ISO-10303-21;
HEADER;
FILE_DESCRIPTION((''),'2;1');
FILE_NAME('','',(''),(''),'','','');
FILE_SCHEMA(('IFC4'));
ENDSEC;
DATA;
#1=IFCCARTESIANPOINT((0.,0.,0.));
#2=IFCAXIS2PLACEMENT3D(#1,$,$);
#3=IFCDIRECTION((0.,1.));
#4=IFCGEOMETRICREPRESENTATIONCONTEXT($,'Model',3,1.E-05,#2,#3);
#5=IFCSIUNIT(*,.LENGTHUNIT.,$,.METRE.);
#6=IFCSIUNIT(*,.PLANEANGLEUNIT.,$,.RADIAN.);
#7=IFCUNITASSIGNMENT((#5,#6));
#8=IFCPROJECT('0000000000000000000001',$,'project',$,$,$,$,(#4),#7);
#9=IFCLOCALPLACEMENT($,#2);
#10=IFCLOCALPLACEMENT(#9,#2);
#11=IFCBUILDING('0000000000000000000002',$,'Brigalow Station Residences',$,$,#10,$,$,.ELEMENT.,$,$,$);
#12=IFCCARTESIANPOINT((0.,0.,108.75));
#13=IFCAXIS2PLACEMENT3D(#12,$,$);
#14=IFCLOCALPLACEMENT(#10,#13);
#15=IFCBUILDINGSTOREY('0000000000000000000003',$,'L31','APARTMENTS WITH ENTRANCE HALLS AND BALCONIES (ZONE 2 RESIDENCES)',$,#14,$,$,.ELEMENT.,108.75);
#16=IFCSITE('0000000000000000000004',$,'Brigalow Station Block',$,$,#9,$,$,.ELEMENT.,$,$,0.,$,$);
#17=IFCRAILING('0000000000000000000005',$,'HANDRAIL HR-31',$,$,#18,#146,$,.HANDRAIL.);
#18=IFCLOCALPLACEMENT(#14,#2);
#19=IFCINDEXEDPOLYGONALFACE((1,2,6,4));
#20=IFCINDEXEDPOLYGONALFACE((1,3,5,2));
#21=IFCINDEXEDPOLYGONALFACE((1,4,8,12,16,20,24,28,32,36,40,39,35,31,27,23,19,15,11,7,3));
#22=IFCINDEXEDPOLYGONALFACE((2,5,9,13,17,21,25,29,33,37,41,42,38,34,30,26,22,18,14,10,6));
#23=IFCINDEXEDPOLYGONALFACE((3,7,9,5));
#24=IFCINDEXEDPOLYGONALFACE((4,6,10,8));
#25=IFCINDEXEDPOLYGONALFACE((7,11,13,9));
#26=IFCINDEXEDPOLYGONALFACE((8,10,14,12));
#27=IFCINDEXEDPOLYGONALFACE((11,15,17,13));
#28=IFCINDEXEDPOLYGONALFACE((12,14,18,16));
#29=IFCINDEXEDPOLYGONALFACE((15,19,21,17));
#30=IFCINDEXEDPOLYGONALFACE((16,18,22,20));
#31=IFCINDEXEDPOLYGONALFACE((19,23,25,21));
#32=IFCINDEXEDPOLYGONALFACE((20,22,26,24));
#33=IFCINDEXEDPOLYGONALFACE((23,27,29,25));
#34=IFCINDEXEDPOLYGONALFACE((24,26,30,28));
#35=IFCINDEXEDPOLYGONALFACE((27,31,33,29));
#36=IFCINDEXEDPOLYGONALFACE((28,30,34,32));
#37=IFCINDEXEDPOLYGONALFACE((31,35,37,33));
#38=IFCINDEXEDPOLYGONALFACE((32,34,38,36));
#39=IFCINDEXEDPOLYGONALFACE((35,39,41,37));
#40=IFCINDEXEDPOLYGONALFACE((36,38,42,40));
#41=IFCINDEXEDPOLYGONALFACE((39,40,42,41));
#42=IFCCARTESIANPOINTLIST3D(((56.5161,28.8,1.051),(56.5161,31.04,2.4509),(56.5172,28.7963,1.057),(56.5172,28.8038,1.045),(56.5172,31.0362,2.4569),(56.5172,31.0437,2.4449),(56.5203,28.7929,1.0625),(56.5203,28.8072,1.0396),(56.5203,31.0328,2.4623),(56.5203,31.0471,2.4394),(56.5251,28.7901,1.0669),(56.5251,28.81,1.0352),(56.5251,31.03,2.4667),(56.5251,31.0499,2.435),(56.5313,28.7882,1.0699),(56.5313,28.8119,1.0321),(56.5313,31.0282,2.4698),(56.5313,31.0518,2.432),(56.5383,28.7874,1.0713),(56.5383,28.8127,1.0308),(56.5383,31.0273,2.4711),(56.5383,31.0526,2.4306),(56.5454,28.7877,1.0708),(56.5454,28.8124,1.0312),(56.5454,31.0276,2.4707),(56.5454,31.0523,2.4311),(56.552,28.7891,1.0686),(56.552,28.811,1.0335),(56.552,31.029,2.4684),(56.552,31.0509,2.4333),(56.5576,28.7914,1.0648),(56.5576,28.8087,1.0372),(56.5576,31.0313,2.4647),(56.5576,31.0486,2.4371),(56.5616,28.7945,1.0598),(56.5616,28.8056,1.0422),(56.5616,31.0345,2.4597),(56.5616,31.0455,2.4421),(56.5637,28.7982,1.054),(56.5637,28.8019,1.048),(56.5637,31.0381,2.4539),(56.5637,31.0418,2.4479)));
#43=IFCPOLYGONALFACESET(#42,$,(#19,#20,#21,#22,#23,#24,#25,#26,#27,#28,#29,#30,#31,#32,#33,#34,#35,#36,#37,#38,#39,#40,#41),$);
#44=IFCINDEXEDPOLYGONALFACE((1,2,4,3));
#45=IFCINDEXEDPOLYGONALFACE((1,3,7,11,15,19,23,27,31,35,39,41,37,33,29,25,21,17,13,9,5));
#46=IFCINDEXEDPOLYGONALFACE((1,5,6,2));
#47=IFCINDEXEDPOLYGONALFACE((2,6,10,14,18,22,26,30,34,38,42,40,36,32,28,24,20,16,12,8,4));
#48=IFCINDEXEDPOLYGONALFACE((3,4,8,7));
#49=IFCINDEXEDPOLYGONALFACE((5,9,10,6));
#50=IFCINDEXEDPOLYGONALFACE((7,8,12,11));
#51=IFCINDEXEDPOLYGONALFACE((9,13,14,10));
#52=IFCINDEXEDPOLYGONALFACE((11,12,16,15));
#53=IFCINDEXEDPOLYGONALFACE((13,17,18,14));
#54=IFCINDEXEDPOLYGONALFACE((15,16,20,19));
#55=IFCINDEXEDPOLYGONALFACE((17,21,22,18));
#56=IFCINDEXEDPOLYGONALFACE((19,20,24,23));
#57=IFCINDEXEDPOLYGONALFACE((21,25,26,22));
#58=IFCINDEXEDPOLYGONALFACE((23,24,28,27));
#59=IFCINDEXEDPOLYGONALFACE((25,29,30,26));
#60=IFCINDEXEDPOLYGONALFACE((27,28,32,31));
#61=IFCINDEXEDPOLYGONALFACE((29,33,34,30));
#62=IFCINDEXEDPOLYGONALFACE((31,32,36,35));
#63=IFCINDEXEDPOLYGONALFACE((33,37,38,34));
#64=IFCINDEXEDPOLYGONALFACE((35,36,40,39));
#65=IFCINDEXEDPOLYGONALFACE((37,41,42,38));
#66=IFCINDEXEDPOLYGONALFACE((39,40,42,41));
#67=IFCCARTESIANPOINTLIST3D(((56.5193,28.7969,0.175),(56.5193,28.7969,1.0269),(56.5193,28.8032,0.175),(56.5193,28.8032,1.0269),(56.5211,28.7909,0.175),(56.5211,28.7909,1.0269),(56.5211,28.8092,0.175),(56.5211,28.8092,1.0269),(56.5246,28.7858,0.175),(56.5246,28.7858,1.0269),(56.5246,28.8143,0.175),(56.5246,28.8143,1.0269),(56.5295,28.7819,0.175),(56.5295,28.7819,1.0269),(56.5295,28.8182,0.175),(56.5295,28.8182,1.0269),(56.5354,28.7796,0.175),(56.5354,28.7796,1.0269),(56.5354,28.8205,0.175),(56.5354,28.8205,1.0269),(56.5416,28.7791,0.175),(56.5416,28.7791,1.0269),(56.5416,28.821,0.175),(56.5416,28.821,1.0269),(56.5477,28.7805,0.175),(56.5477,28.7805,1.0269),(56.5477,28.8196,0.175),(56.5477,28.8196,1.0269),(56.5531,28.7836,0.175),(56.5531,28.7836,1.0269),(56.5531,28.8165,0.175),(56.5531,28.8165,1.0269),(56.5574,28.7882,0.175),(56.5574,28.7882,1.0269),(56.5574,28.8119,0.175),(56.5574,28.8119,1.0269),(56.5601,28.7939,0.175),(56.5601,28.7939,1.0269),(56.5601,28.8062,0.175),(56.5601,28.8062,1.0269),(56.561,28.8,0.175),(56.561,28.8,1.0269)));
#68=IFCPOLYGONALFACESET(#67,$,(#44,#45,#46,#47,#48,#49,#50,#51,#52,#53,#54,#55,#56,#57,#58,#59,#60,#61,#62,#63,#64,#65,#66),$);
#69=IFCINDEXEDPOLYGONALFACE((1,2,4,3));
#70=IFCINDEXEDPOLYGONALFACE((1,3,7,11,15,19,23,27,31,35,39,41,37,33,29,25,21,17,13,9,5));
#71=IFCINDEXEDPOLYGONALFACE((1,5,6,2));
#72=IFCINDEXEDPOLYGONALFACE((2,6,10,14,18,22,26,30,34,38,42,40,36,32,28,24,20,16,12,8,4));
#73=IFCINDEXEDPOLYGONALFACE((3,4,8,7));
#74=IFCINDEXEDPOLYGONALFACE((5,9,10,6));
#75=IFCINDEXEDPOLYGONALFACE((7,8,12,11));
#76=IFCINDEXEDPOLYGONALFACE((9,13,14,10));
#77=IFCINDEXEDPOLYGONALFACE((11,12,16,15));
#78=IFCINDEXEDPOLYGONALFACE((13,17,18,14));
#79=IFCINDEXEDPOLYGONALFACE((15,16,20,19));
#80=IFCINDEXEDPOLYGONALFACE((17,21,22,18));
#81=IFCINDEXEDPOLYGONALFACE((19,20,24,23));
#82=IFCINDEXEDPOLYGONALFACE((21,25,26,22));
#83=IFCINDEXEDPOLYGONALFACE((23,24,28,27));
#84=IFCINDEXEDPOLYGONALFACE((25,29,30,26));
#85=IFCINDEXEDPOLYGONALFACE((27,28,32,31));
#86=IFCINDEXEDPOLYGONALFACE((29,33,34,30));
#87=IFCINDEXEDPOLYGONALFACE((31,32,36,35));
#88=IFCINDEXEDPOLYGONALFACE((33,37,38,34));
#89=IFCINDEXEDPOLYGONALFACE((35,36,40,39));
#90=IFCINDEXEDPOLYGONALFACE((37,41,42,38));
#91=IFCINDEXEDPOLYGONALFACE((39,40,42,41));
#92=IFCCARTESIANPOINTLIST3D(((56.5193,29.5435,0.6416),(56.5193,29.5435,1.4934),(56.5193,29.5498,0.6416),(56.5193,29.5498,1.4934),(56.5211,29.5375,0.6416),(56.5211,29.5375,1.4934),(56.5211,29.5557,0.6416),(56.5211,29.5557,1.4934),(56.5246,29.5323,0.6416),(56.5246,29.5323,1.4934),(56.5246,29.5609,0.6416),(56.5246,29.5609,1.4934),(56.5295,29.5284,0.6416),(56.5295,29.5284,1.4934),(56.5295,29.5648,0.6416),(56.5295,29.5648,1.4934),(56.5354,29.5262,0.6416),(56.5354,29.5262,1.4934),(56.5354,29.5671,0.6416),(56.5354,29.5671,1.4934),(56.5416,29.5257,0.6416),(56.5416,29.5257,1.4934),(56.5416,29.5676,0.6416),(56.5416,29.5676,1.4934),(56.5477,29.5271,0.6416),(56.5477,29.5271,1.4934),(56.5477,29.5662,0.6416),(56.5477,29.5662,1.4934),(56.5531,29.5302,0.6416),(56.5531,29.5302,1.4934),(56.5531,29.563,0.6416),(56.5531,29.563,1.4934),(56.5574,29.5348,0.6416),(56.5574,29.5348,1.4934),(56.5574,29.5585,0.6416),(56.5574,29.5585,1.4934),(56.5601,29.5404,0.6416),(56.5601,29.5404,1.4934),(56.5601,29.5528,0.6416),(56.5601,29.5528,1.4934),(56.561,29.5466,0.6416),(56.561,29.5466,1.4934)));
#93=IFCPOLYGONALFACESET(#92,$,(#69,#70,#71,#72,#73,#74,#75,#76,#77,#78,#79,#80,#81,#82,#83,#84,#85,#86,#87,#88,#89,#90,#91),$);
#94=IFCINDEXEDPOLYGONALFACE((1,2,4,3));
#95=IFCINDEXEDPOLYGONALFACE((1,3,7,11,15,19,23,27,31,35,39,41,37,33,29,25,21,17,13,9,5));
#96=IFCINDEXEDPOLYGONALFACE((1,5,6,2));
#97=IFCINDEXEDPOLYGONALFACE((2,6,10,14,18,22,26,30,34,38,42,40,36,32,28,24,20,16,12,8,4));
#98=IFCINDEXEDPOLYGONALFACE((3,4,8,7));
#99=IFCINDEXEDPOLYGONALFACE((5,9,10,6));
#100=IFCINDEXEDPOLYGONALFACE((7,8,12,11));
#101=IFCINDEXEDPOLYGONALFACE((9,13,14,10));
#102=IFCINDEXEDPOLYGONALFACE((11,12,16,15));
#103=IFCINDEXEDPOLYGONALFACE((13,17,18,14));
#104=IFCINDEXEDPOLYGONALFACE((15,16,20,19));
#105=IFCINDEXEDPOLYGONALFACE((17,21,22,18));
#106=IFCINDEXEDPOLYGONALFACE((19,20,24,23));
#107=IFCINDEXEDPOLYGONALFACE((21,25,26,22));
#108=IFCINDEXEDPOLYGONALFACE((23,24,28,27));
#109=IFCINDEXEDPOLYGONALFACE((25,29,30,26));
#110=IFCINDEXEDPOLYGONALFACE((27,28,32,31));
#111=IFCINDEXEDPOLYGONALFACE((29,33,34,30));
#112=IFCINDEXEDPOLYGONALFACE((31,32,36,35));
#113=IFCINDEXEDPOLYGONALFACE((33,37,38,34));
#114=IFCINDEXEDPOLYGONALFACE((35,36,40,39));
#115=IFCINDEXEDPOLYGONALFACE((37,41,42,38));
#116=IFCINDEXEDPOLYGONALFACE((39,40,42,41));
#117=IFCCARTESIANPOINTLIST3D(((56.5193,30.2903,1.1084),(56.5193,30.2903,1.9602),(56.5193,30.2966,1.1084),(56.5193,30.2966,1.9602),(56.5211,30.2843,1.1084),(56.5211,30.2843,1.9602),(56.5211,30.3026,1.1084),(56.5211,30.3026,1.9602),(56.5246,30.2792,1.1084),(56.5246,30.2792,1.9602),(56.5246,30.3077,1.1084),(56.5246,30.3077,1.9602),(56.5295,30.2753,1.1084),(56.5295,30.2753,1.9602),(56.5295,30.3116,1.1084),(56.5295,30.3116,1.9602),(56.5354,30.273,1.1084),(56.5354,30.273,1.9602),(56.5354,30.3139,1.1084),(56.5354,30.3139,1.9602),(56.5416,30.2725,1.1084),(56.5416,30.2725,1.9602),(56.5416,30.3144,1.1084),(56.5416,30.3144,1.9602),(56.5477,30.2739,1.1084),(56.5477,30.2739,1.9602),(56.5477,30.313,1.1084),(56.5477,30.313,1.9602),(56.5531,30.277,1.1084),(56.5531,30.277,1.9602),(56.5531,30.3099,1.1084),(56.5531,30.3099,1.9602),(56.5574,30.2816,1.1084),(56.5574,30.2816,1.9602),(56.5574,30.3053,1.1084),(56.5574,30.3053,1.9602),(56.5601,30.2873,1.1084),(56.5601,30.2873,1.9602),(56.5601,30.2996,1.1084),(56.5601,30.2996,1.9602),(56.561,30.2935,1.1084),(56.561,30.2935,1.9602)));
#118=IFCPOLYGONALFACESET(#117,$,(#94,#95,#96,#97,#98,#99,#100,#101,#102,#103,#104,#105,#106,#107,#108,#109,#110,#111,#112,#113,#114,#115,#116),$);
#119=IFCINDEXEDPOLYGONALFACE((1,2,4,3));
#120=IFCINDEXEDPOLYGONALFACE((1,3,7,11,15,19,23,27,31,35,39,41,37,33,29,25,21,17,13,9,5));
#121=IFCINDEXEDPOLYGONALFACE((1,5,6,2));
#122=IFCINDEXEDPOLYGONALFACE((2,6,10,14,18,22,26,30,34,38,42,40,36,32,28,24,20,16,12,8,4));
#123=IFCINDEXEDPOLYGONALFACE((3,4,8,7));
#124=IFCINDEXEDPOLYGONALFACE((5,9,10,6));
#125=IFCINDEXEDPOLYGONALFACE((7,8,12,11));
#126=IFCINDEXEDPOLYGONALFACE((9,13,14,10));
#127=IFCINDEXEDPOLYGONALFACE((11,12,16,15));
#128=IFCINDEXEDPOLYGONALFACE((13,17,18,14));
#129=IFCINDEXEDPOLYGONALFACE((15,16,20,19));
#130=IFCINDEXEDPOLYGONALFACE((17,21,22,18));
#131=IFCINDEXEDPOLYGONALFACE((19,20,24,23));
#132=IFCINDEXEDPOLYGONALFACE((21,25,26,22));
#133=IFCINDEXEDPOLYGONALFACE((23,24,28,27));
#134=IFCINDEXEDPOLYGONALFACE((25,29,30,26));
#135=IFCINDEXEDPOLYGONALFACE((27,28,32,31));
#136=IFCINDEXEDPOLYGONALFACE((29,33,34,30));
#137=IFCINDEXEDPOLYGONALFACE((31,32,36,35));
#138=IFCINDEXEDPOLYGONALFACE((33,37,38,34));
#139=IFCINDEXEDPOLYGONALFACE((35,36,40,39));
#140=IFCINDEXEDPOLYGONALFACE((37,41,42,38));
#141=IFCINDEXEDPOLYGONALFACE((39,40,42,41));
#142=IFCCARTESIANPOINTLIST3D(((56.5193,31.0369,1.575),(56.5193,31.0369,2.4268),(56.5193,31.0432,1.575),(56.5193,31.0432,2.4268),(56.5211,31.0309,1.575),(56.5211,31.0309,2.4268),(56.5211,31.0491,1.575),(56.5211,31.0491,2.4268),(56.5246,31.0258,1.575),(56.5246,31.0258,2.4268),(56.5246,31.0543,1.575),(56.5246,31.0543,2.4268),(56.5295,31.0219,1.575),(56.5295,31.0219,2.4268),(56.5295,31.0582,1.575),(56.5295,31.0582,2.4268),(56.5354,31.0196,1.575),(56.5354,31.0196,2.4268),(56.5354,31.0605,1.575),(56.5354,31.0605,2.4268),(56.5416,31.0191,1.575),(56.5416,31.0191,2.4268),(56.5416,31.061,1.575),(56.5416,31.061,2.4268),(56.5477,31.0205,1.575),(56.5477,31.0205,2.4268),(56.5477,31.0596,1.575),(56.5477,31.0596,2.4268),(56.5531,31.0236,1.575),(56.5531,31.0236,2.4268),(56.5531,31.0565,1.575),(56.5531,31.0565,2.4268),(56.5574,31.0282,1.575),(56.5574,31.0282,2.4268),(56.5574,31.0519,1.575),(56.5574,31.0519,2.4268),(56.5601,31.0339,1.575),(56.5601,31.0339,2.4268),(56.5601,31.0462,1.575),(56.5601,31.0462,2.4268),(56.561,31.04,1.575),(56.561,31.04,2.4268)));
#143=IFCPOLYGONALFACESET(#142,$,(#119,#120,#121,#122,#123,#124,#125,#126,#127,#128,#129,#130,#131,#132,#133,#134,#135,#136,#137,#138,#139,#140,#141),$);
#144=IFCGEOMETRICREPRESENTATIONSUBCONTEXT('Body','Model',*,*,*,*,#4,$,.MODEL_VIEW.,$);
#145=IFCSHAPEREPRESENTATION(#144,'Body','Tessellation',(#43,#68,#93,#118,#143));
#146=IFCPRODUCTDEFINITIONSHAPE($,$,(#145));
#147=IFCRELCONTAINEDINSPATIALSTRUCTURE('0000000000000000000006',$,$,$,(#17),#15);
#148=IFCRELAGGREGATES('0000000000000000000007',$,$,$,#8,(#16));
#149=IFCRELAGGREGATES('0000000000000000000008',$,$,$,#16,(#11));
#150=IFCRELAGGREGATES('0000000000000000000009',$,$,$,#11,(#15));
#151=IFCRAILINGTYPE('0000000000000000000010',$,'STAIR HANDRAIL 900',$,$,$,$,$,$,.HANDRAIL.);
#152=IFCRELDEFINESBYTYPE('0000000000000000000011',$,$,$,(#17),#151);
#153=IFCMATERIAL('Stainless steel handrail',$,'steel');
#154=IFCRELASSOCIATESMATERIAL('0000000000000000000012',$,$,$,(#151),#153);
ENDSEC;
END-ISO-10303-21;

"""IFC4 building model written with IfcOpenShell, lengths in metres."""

from ifc_helpers import new_model, si_unit, direction, frame, origin, origin_2d, place, context, subcontext, project, spatial, circle, extrude, material, type_object, element, save


model = new_model("IFC4")

# Units and contexts
model_context = context("Model", 3, precision=1e-05, world=origin(), true_north=direction((0.0, 1.0)))
body_context = subcontext(model_context, "Body", "Model", "MODEL_VIEW")
ifc_project = project(units=[si_unit("LENGTHUNIT", "METRE"), si_unit("PLANEANGLEUNIT", "RADIAN")], contexts=[model_context])

# Site, building, storey
site_placement = place(None, origin())
site = spatial("IfcSite", under=ifc_project, at=site_placement, Name="Brigalow Station Block", CompositionType="ELEMENT", RefElevation=0.0)
building_placement = place(site_placement, origin())
building = spatial("IfcBuilding", under=site, at=building_placement, Name="Brigalow Station Residences", CompositionType="ELEMENT")
storey_placement = place(building_placement, frame((0.0, 0.0, 108.75)))
storey = spatial("IfcBuildingStorey", under=building, at=storey_placement, Name="L31", Description="APARTMENTS WITH ENTRANCE HALLS AND BALCONIES (ZONE 2 RESIDENCES)", CompositionType="ELEMENT", Elevation=108.75)

# Railing
ifc_material_1 = material(Name="Stainless steel handrail", Category="steel")
railing_type_1 = type_object("IfcRailingType", Name="STAIR HANDRAIL 900", PredefinedType="HANDRAIL", material=ifc_material_1)
railing_1_placement = place(storey_placement, frame((56.54, 28.8, 0.175)))
element("IfcRailing", 1, at=railing_1_placement, inside=storey, type_object=railing_type_1, Name="HANDRAIL HR-31", PredefinedType="HANDRAIL", context=body_context, shape_type="SweptSolid", body=[
    extrude(circle(Radius=0.0239, at=origin_2d()), frame((0.0, 0.0, 0.876), z_axis=(0.0, 0.848014, 0.529974), x_axis=(-1.0, 0.0, 0.0)), (0.0, 0.0, 1.0), 2.6414),
    extrude(circle(Radius=0.021, at=origin_2d()), origin(), (0.0, 0.0, 1.0), 0.8518),
    extrude(circle(Radius=0.021, at=origin_2d()), frame((0.0, 0.7466, 0.4666)), (0.0, 0.0, 1.0), 0.8518),
    extrude(circle(Radius=0.021, at=origin_2d()), frame((0.0, 1.4934, 0.9333)), (0.0, 0.0, 1.0), 0.8518),
    extrude(circle(Radius=0.021, at=origin_2d()), frame((0.0, 2.24, 1.3999)), (0.0, 0.0, 1.0), 0.8518),
])

save(model, "model.ifc")
